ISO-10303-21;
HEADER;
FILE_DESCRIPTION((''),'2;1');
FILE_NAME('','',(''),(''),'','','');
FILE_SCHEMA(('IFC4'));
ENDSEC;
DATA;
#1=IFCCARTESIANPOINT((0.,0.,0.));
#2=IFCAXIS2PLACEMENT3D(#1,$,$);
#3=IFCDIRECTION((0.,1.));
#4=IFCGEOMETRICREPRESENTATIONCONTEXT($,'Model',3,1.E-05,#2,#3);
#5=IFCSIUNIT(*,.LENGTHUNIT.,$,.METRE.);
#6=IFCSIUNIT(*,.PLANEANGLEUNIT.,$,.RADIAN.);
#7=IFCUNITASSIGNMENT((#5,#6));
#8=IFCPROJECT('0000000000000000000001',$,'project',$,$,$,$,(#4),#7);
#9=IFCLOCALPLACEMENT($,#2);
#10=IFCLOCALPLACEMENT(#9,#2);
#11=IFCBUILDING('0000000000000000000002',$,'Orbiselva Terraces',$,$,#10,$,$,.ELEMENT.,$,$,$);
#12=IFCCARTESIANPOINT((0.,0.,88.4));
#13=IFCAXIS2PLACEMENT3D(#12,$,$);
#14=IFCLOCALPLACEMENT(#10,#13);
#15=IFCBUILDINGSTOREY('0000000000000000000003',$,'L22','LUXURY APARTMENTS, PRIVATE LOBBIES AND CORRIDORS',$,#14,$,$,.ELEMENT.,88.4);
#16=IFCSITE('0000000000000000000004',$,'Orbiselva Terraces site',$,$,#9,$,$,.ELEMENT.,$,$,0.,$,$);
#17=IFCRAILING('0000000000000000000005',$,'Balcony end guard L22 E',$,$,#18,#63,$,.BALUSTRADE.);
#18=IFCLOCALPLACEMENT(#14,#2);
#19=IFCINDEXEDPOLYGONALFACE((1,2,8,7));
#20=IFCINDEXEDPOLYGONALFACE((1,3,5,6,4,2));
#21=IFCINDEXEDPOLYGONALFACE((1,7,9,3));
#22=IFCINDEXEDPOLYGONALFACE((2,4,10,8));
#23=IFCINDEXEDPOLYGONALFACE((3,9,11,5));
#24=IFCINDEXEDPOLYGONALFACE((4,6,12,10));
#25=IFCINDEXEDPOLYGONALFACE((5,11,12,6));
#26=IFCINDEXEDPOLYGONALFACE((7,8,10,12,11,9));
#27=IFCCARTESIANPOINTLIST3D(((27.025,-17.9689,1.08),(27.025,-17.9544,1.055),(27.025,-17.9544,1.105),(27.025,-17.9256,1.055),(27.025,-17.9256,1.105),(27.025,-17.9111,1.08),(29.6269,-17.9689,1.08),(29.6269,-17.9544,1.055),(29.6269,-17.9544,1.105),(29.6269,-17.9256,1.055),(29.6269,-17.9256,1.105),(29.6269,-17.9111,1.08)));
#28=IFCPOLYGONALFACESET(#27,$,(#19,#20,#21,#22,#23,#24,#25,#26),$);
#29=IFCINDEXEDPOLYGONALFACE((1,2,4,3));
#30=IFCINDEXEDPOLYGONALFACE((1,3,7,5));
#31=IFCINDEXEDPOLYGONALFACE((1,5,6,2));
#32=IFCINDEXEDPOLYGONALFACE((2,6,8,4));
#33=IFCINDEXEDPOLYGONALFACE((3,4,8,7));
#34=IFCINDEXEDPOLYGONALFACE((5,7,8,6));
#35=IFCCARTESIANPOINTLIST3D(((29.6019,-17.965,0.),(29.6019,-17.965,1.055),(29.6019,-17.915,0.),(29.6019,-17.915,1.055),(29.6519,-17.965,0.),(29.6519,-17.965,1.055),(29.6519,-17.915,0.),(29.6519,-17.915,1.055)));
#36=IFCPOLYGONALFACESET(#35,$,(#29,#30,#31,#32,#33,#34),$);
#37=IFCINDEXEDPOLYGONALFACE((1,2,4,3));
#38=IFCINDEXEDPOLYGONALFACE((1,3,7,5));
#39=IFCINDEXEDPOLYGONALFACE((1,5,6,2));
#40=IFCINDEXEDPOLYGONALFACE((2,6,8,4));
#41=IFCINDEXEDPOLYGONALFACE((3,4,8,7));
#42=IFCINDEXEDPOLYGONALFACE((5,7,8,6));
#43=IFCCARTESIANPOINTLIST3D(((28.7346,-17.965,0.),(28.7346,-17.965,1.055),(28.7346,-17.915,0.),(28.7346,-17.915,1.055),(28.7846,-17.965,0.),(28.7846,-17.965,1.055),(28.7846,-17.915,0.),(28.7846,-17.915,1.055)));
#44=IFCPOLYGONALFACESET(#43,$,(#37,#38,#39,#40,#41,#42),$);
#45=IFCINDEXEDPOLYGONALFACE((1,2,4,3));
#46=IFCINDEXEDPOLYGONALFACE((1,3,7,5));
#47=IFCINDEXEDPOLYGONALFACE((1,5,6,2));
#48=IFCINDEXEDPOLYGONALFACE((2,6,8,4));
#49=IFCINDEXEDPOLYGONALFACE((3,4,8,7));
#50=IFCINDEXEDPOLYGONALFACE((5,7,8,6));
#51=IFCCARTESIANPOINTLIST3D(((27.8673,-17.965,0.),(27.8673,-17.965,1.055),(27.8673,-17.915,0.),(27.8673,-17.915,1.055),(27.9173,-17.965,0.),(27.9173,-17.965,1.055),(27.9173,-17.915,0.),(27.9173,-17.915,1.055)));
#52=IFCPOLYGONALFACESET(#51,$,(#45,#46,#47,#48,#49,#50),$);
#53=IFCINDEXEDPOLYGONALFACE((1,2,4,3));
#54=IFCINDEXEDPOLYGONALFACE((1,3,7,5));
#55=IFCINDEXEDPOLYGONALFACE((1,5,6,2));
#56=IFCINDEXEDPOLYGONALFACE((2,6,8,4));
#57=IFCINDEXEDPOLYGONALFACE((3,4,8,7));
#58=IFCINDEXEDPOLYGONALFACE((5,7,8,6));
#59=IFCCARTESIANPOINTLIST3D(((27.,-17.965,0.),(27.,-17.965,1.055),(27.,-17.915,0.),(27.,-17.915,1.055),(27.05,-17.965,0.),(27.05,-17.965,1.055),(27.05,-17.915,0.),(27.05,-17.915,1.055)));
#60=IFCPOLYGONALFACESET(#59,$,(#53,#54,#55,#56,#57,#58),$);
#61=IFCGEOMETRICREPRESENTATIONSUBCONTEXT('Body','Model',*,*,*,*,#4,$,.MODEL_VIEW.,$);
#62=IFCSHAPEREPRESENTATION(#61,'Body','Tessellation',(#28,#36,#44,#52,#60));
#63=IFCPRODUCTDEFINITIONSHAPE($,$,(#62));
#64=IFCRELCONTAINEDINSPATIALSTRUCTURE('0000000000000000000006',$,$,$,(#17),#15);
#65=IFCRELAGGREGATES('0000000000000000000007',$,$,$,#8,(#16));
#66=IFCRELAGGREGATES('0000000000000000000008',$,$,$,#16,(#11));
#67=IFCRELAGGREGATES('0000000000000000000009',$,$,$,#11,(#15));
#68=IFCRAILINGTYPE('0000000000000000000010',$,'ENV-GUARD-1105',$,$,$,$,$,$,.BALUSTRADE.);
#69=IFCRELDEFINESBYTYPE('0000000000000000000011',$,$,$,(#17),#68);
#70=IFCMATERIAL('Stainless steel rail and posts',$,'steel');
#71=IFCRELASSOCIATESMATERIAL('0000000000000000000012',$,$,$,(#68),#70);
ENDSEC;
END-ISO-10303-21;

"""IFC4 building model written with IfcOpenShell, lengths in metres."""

from ifc_helpers import new_model, si_unit, direction, frame, origin, origin_2d, place, context, subcontext, project, spatial, polyline, rectangle, outline, extrude, material, type_object, element, save


model = new_model("IFC4")

# Units and contexts
model_context = context("Model", 3, precision=1e-05, world=origin(), true_north=direction((0.0, 1.0)))
body_context = subcontext(model_context, "Body", "Model", "MODEL_VIEW")
ifc_project = project(units=[si_unit("LENGTHUNIT", "METRE"), si_unit("PLANEANGLEUNIT", "RADIAN")], contexts=[model_context])

# Site, building, storey
site_placement = place(None, origin())
site = spatial("IfcSite", under=ifc_project, at=site_placement, Name="Orbiselva Terraces site", CompositionType="ELEMENT", RefElevation=0.0)
building_placement = place(site_placement, origin())
building = spatial("IfcBuilding", under=site, at=building_placement, Name="Orbiselva Terraces", CompositionType="ELEMENT")
storey_placement = place(building_placement, frame((0.0, 0.0, 88.4)))
storey = spatial("IfcBuildingStorey", under=building, at=storey_placement, Name="L22", Description="LUXURY APARTMENTS, PRIVATE LOBBIES AND CORRIDORS", CompositionType="ELEMENT", Elevation=88.4)

# Railing
ifc_material_1 = material(Name="Stainless steel rail and posts", Category="steel")
railing_type_1 = type_object("IfcRailingType", Name="ENV-GUARD-1105", PredefinedType="BALUSTRADE", material=ifc_material_1)
railing_1_placement = place(storey_placement, frame((29.6269, -17.94, 0.0)))
element("IfcRailing", 1, at=railing_1_placement, inside=storey, type_object=railing_type_1, Name="Balcony end guard L22 E", PredefinedType="BALUSTRADE", context=body_context, shape_type="SweptSolid", body=[
    extrude(outline(polyline([(0.0289, 0.0), (0.0144, 0.025), (-0.0144, 0.025), (-0.0289, 0.0), (-0.0144, -0.025), (0.0144, -0.025), (0.0289, 0.0)])), frame((0.0, 0.0, 1.08), z_axis=(-1.0, 0.0, 0.0), x_axis=(0.0, -1.0, 0.0)), (0.0, 0.0, 1.0), 2.6019),
    extrude(rectangle(XDim=0.05, YDim=0.05, at=origin_2d()), origin(), (0.0, 0.0, 1.0), 1.055),
    extrude(rectangle(XDim=0.05, YDim=0.05, at=origin_2d()), frame((-0.8673, 0.0, 0.0)), (0.0, 0.0, 1.0), 1.055),
    extrude(rectangle(XDim=0.05, YDim=0.05, at=origin_2d()), frame((-1.7346, 0.0, 0.0)), (0.0, 0.0, 1.0), 1.055),
    extrude(rectangle(XDim=0.05, YDim=0.05, at=origin_2d()), frame((-2.6019, 0.0, 0.0)), (0.0, 0.0, 1.0), 1.055),
])

save(model, "model.ifc")
